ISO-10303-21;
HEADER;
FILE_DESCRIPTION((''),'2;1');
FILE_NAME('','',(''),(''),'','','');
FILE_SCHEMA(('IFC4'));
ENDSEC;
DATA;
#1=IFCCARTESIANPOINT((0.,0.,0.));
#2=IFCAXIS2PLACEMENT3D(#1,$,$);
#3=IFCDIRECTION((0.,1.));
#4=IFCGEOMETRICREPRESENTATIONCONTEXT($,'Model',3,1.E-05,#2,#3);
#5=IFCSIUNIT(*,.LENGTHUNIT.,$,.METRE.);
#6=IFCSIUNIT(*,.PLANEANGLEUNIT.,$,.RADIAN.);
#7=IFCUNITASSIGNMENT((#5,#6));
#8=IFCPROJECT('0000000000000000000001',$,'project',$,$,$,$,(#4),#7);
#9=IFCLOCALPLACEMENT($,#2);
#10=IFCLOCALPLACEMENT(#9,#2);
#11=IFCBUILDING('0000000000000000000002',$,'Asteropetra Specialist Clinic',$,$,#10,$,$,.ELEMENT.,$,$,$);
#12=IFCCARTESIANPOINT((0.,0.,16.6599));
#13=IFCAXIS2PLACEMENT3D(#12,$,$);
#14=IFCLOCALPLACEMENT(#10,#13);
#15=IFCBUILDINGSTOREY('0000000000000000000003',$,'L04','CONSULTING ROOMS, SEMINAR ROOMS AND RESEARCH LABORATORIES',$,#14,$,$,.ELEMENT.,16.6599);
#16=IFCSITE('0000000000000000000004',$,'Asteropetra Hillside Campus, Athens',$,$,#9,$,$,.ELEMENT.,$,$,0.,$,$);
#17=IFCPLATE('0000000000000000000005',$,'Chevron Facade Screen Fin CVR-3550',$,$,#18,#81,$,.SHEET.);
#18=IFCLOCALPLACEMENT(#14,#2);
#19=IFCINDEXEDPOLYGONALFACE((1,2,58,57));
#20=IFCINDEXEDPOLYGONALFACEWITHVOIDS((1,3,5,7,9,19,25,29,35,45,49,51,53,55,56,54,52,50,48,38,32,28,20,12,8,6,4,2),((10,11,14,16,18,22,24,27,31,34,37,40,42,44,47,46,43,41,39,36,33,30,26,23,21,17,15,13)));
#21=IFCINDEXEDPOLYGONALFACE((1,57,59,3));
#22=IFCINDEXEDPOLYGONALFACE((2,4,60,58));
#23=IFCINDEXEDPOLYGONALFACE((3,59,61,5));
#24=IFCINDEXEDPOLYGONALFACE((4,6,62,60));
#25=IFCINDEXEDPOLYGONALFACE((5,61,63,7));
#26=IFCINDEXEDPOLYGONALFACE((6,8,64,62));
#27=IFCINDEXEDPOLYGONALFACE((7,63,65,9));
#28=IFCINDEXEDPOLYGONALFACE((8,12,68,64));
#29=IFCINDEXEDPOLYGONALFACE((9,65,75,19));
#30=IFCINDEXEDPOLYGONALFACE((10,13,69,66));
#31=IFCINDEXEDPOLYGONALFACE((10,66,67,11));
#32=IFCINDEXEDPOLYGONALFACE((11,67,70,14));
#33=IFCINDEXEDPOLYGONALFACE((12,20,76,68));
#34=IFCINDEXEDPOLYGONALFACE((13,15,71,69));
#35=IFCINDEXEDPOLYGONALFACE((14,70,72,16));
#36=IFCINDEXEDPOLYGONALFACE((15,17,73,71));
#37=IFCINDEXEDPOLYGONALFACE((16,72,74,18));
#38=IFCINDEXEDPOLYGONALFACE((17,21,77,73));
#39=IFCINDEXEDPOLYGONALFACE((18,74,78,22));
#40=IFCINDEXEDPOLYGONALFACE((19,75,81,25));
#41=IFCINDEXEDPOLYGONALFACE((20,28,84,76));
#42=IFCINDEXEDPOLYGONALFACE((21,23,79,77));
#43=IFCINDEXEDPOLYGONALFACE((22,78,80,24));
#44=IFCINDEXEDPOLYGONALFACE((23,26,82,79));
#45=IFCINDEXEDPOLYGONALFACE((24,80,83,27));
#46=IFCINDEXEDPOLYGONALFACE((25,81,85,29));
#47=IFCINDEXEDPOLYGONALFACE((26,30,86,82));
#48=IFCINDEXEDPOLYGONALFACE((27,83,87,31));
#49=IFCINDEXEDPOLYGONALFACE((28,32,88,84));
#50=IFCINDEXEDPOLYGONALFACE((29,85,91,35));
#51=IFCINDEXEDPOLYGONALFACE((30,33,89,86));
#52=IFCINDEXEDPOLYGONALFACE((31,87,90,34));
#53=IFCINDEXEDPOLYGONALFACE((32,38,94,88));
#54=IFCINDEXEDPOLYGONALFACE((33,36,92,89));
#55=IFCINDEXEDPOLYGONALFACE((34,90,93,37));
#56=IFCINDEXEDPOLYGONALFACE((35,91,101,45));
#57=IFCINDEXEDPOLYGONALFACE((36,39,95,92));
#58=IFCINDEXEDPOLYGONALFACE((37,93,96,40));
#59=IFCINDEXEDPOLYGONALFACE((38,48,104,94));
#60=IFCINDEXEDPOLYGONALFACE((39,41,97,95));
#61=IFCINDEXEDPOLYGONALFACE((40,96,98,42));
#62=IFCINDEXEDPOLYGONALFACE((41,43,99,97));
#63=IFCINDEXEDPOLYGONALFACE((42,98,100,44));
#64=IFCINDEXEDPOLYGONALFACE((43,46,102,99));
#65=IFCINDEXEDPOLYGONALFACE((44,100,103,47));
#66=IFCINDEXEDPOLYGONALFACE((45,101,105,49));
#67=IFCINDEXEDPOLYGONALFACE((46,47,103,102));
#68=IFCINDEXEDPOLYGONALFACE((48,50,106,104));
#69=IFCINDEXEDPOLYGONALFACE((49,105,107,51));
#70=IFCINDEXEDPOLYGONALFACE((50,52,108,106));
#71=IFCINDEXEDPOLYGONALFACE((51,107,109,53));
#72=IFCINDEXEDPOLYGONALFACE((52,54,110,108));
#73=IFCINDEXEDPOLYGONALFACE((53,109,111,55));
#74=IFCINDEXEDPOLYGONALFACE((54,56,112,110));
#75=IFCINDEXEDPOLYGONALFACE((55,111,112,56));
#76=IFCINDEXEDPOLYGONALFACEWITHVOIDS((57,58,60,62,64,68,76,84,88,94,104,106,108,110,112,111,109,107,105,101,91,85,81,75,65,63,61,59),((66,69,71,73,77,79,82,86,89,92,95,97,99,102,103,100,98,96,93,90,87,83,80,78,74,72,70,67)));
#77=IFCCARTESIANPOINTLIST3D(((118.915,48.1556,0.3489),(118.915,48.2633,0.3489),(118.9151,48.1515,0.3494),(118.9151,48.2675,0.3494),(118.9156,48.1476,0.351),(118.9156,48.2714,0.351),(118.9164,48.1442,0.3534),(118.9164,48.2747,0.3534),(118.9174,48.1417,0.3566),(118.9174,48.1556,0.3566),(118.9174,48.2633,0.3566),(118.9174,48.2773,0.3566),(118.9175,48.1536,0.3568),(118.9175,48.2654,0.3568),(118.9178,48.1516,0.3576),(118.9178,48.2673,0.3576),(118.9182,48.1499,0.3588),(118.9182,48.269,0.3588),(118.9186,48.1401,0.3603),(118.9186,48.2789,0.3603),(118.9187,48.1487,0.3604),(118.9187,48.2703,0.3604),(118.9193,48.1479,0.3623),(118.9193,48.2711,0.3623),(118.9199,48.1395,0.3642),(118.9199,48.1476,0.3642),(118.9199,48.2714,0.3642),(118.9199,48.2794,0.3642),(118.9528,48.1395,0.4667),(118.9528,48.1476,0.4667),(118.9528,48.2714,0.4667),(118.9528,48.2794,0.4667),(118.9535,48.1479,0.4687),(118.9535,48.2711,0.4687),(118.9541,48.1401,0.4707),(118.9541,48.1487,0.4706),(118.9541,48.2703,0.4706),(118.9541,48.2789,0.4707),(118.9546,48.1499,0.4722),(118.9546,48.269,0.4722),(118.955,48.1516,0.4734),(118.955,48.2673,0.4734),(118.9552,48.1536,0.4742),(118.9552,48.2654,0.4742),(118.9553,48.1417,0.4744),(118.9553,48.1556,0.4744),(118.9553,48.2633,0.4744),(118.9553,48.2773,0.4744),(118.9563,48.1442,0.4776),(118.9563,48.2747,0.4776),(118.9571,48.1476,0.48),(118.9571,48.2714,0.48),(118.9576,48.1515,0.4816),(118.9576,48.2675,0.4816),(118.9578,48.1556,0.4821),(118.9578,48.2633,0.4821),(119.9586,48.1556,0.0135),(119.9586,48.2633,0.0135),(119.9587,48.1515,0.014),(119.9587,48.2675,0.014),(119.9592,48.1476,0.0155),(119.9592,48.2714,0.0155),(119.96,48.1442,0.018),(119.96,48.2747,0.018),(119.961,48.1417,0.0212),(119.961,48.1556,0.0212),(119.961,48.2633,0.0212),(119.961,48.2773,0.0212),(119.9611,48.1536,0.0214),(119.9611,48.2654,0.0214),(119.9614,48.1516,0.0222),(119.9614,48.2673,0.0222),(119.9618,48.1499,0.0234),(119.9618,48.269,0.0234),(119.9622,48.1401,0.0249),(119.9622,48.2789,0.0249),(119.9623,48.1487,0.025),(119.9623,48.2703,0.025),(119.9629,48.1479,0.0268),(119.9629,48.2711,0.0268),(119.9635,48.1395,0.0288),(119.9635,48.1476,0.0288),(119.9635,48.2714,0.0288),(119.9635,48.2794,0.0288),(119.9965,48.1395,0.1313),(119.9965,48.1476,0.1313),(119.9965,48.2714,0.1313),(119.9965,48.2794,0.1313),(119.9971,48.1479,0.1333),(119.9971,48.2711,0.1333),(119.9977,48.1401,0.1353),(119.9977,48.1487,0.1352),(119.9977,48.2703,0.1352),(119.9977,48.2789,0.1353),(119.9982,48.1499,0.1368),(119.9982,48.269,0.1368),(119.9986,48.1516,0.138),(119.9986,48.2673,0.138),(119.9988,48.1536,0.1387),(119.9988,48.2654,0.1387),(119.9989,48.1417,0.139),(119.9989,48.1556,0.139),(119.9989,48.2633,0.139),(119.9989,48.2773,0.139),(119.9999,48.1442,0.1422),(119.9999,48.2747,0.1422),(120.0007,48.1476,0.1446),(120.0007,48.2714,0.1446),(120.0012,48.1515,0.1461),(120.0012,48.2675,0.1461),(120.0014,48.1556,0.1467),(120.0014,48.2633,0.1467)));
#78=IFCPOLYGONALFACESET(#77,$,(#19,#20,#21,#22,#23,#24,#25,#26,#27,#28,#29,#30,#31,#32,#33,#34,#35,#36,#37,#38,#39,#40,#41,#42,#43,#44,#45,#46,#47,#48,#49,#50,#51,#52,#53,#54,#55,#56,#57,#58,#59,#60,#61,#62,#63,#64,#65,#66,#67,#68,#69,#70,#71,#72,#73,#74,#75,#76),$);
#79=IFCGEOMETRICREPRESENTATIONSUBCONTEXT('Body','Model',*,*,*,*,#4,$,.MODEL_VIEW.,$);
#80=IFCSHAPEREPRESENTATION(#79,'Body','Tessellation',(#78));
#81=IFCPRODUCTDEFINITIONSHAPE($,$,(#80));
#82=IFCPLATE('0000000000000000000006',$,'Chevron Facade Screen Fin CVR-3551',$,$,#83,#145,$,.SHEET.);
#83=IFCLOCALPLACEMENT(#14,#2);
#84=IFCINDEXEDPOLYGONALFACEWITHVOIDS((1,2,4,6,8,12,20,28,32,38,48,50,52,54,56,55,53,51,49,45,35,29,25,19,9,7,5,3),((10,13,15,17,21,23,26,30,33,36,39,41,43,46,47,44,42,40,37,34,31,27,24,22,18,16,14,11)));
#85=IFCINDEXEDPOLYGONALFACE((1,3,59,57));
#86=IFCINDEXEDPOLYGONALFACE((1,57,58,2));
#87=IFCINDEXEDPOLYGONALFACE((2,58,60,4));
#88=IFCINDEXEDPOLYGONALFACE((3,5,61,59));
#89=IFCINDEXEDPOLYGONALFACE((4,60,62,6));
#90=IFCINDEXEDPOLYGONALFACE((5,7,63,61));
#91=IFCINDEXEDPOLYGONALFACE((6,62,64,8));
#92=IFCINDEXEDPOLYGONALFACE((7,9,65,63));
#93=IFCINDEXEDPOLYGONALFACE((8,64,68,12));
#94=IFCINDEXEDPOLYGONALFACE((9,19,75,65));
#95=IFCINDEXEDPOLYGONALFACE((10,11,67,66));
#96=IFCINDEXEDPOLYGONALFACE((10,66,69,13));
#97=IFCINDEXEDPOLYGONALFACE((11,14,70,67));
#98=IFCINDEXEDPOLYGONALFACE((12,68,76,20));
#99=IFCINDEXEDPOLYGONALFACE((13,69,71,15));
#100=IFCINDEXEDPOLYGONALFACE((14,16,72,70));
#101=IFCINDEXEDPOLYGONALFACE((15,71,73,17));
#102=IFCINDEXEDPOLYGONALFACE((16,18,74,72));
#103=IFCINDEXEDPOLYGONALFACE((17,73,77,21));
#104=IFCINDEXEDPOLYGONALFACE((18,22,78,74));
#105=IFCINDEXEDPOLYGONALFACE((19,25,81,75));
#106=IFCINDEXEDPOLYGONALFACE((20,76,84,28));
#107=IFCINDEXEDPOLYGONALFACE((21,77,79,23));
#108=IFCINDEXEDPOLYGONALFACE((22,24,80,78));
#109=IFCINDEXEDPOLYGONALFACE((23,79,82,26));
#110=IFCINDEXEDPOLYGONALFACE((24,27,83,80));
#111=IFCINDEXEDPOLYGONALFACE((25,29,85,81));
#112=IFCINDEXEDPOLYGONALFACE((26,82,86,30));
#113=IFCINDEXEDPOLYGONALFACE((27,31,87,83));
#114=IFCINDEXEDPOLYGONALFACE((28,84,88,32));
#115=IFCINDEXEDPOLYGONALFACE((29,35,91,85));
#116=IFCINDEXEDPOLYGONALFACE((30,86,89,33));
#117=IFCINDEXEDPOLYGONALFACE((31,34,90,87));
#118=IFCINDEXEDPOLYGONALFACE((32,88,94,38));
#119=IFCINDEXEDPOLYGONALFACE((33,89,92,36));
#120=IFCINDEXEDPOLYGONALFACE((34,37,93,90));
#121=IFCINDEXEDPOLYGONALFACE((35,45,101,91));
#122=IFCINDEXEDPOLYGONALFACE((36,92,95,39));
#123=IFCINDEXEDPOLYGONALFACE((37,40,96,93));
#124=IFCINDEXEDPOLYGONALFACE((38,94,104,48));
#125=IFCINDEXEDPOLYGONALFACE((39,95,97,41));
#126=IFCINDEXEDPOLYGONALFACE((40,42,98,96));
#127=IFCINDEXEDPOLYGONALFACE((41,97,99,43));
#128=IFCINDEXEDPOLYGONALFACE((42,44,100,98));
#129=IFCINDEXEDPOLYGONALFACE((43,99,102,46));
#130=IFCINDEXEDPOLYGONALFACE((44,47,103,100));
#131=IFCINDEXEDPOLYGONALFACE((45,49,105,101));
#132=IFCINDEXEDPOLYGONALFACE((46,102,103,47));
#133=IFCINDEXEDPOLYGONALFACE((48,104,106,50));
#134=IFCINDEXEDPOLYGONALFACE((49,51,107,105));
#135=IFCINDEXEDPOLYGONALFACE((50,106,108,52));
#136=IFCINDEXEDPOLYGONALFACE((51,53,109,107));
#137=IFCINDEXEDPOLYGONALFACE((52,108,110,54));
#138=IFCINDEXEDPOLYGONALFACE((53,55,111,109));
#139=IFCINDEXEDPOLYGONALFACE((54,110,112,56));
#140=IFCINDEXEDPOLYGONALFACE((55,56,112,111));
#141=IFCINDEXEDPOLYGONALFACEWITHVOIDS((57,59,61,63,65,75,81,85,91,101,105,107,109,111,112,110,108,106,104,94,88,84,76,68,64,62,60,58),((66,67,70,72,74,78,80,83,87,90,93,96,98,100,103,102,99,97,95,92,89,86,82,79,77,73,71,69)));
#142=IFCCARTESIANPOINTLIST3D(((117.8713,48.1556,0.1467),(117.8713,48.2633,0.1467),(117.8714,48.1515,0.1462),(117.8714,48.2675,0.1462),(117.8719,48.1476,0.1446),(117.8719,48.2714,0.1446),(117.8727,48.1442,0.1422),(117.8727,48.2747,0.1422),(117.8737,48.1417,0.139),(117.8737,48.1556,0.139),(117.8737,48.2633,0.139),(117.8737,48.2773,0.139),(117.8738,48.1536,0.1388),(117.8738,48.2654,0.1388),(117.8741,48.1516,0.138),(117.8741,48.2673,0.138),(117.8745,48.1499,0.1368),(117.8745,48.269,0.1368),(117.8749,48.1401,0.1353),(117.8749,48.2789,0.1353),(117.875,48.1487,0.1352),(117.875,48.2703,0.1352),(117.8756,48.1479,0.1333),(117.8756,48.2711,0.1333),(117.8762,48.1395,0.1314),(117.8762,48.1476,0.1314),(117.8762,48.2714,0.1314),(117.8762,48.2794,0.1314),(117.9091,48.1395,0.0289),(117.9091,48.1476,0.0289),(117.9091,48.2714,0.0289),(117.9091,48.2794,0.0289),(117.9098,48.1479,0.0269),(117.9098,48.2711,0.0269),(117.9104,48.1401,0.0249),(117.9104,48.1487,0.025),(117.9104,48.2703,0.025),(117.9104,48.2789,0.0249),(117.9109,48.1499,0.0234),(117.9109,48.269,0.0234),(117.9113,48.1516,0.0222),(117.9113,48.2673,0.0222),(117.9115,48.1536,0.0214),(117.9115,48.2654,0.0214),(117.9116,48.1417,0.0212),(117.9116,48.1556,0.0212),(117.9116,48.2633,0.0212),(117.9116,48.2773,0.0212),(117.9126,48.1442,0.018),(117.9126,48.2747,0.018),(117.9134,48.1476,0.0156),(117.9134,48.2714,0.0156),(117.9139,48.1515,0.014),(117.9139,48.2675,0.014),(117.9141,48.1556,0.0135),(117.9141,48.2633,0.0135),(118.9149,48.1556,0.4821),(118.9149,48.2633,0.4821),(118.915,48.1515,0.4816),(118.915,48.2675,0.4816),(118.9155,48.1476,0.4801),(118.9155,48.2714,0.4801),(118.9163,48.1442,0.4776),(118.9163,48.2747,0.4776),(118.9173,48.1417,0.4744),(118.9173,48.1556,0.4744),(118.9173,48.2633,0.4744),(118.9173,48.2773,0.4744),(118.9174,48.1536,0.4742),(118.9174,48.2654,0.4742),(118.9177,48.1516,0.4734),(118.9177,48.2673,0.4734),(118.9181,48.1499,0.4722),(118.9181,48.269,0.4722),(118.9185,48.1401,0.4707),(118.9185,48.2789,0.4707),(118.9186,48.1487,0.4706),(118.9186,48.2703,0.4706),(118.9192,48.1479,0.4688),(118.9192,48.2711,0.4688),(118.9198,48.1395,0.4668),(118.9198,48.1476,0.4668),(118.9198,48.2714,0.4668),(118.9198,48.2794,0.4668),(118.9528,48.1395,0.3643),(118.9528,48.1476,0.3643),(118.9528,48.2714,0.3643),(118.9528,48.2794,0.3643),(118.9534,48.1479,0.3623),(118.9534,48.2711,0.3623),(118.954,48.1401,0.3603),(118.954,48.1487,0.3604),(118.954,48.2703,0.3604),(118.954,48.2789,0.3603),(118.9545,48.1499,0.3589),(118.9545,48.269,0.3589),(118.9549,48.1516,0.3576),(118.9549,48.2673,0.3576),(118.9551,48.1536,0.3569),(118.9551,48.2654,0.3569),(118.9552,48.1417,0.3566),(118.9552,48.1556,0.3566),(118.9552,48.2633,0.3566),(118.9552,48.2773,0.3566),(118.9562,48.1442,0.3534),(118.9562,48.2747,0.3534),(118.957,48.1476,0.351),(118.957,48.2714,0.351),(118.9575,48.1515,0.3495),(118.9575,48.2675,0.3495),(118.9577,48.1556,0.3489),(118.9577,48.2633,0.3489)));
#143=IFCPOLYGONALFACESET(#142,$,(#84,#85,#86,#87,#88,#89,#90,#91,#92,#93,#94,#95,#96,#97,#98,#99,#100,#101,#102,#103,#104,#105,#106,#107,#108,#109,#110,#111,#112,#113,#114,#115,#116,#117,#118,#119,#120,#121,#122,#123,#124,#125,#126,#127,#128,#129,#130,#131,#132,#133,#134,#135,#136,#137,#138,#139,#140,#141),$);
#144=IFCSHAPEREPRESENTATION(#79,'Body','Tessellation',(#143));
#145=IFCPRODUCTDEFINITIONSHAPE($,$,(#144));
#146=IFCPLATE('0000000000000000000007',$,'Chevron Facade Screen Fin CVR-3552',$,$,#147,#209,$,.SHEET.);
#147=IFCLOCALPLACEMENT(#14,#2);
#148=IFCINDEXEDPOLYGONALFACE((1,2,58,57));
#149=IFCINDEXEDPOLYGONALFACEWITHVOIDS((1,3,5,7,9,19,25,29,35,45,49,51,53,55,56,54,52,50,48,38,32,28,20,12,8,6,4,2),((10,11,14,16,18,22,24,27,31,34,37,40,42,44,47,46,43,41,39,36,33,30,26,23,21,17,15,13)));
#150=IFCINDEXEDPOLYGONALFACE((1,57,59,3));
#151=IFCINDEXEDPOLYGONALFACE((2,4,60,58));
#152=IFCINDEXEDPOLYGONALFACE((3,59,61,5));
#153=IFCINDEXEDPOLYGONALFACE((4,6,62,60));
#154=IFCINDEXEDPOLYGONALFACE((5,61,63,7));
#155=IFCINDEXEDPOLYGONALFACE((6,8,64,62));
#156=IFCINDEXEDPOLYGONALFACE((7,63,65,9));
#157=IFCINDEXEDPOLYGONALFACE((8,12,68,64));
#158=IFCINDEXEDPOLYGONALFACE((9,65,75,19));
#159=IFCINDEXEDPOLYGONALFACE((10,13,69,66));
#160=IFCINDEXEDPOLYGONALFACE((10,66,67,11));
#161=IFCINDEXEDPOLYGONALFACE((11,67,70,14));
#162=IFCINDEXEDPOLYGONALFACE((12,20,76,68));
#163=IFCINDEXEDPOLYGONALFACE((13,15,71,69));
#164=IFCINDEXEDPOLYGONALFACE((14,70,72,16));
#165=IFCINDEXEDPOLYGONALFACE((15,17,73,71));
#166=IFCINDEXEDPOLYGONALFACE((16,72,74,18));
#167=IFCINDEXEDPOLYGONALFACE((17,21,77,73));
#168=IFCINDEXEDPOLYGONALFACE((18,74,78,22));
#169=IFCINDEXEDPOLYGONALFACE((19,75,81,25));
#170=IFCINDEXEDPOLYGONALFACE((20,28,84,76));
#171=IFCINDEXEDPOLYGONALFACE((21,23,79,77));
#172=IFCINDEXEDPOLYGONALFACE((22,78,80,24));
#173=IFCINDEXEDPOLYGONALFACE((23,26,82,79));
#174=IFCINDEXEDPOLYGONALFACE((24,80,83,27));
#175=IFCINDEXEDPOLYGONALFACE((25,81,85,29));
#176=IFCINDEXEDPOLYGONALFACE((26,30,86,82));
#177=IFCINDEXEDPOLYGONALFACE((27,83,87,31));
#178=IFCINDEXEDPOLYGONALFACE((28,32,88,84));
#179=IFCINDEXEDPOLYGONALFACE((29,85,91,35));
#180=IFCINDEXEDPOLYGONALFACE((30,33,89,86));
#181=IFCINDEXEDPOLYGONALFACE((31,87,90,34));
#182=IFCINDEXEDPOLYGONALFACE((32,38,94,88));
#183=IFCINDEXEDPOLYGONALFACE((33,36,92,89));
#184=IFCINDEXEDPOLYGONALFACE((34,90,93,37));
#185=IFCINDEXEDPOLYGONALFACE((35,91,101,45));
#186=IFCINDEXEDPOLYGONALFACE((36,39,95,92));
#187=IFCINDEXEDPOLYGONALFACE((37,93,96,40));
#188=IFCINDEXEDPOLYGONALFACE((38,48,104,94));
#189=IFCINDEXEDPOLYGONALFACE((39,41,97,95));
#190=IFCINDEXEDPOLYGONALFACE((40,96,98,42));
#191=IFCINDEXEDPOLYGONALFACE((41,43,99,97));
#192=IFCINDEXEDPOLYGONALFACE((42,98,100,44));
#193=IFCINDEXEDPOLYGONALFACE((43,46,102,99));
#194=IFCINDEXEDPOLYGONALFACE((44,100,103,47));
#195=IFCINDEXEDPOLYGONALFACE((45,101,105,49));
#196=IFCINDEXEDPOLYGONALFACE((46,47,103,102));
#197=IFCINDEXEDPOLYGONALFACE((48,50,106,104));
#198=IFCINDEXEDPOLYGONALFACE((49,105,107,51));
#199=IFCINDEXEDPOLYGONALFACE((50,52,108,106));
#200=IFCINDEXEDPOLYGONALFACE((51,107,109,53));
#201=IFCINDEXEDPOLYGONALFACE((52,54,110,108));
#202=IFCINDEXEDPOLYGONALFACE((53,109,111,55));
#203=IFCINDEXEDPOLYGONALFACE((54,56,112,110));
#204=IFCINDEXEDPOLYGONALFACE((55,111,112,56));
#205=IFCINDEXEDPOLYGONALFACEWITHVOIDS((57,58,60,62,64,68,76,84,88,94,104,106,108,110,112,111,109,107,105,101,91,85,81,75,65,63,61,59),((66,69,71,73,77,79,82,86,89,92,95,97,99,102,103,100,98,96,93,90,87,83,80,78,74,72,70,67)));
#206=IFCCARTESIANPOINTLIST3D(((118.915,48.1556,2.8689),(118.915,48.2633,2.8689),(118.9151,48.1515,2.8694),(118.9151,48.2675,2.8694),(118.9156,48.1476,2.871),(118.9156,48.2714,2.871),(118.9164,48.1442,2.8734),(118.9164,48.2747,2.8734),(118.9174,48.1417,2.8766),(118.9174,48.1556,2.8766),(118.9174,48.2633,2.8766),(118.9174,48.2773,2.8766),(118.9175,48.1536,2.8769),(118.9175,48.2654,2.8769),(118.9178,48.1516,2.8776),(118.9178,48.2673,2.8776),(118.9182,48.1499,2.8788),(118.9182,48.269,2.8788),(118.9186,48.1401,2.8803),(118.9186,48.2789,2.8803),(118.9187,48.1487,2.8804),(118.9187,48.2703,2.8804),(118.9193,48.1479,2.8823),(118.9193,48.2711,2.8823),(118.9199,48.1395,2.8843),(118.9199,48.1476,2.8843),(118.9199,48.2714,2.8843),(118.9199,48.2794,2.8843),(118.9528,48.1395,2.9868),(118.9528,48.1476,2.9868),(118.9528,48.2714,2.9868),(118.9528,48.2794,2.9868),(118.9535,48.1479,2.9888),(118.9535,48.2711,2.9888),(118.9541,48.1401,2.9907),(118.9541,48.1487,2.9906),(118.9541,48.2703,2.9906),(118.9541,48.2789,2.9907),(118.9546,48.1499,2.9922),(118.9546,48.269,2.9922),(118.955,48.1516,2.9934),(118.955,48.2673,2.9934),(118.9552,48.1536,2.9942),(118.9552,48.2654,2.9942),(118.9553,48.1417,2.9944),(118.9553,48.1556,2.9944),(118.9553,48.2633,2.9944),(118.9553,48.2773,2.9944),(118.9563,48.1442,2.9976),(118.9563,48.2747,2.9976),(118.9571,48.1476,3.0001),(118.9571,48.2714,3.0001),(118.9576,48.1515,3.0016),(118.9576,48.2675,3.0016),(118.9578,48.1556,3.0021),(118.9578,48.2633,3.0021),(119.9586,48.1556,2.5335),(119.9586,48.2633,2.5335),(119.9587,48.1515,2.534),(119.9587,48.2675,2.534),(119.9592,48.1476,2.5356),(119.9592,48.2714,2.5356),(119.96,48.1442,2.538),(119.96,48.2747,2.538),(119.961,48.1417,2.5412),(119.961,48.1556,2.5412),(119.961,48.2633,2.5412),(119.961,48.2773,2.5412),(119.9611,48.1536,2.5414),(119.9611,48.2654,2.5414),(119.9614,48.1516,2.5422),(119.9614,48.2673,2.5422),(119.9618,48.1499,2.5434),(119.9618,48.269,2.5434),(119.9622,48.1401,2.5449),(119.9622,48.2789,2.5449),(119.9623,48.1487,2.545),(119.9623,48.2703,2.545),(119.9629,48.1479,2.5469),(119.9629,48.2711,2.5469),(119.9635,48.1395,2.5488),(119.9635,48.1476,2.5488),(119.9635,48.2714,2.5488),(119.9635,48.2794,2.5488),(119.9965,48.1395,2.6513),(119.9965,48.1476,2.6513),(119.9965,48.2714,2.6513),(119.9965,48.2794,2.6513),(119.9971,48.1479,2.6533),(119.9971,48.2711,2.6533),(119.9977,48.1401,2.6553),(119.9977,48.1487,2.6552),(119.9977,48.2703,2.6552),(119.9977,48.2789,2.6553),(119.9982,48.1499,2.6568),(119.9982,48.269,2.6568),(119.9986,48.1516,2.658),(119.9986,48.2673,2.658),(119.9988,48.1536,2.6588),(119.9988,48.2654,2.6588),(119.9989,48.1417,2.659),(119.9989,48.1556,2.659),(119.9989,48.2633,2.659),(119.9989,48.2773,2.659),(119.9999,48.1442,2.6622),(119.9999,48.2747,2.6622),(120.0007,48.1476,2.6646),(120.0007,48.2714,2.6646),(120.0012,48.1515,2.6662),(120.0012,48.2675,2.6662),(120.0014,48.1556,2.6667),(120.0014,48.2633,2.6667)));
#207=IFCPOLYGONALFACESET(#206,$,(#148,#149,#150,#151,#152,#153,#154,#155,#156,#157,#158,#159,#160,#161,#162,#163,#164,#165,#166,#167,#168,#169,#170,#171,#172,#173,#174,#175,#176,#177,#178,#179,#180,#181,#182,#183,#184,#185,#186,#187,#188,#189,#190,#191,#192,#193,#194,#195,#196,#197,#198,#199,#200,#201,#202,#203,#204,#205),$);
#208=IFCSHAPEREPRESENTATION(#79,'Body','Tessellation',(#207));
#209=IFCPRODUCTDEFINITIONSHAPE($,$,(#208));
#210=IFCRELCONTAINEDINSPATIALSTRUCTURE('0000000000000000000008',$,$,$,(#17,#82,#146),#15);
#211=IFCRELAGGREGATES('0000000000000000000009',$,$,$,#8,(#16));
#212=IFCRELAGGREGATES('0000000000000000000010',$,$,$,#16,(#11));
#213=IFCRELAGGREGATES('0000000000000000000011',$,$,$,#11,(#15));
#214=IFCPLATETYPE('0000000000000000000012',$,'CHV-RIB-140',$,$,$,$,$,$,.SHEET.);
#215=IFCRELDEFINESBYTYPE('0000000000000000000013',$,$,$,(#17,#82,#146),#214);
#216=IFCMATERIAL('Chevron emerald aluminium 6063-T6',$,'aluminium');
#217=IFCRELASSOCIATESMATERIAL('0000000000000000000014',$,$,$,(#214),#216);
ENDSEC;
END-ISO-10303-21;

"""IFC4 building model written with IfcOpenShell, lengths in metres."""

from ifc_helpers import new_model, si_unit, direction, frame, origin, origin_2d, place, context, subcontext, project, spatial, hollow_rectangle, extrude, material, material_profile, profile_set, type_object, element, save


model = new_model("IFC4")

# Units and contexts
model_context = context("Model", 3, precision=1e-05, world=origin(), true_north=direction((0.0, 1.0)))
body_context = subcontext(model_context, "Body", "Model", "MODEL_VIEW")
ifc_project = project(units=[si_unit("LENGTHUNIT", "METRE"), si_unit("PLANEANGLEUNIT", "RADIAN")], contexts=[model_context])

# Site, building, storey
site_placement = place(None, origin())
site = spatial("IfcSite", under=ifc_project, at=site_placement, Name="Asteropetra Hillside Campus, Athens", CompositionType="ELEMENT", RefElevation=0.0)
building_placement = place(site_placement, origin())
building = spatial("IfcBuilding", under=site, at=building_placement, Name="Asteropetra Specialist Clinic", CompositionType="ELEMENT")
storey_placement = place(building_placement, frame((0.0, 0.0, 16.6599)))
storey = spatial("IfcBuildingStorey", under=building, at=storey_placement, Name="L04", Description="CONSULTING ROOMS, SEMINAR ROOMS AND RESEARCH LABORATORIES", CompositionType="ELEMENT", Elevation=16.6599)

# Plates
ifc_material_1 = material(Name="Chevron emerald aluminium 6063-T6", Category="aluminium")
ifc_material_profile = material_profile(ifc_material_1, hollow_rectangle(XDim=0.1399, YDim=0.1399, WallThickness=0.0081, InnerFilletRadius=0.0081, OuterFilletRadius=0.0161, at=origin_2d()), Name="SHS 140x140x8.0")
ifc_profile_set = profile_set([ifc_material_profile], Name="Chevron emerald aluminium 6063-T6")
plate_type = type_object("IfcPlateType", Name="CHV-RIB-140", PredefinedType="SHEET", material=ifc_profile_set)
for number, where, z_axis, x_axis, name in (
    (1, (119.98, 48.2095, 0.0801), (-0.952036, 0.0, 0.305988), (0.0, -1.0, 0.0), "Chevron Facade Screen Fin CVR-3550"),
    (2, (118.9363, 48.2095, 0.4155), (-0.952036, 0.0, -0.305988), (0.0, -1.0, 0.0), "Chevron Facade Screen Fin CVR-3551"),
    (3, (119.98, 48.2095, 2.6001), (-0.952036, 0.0, 0.305988), (0.0, -1.0, 0.0), "Chevron Facade Screen Fin CVR-3552"),
):
    element("IfcPlate", number, at=place(storey_placement, frame(where, z_axis=z_axis, x_axis=x_axis)), inside=storey, type_object=plate_type, Name=name, PredefinedType="SHEET", context=body_context, shape_type="SweptSolid", body=[
        extrude(hollow_rectangle(XDim=0.1399, YDim=0.1399, WallThickness=0.0081, InnerFilletRadius=0.0081, OuterFilletRadius=0.0161, at=origin_2d()), origin(), (0.0, 0.0, 1.0), 1.0962),
    ])

save(model, "model.ifc")
